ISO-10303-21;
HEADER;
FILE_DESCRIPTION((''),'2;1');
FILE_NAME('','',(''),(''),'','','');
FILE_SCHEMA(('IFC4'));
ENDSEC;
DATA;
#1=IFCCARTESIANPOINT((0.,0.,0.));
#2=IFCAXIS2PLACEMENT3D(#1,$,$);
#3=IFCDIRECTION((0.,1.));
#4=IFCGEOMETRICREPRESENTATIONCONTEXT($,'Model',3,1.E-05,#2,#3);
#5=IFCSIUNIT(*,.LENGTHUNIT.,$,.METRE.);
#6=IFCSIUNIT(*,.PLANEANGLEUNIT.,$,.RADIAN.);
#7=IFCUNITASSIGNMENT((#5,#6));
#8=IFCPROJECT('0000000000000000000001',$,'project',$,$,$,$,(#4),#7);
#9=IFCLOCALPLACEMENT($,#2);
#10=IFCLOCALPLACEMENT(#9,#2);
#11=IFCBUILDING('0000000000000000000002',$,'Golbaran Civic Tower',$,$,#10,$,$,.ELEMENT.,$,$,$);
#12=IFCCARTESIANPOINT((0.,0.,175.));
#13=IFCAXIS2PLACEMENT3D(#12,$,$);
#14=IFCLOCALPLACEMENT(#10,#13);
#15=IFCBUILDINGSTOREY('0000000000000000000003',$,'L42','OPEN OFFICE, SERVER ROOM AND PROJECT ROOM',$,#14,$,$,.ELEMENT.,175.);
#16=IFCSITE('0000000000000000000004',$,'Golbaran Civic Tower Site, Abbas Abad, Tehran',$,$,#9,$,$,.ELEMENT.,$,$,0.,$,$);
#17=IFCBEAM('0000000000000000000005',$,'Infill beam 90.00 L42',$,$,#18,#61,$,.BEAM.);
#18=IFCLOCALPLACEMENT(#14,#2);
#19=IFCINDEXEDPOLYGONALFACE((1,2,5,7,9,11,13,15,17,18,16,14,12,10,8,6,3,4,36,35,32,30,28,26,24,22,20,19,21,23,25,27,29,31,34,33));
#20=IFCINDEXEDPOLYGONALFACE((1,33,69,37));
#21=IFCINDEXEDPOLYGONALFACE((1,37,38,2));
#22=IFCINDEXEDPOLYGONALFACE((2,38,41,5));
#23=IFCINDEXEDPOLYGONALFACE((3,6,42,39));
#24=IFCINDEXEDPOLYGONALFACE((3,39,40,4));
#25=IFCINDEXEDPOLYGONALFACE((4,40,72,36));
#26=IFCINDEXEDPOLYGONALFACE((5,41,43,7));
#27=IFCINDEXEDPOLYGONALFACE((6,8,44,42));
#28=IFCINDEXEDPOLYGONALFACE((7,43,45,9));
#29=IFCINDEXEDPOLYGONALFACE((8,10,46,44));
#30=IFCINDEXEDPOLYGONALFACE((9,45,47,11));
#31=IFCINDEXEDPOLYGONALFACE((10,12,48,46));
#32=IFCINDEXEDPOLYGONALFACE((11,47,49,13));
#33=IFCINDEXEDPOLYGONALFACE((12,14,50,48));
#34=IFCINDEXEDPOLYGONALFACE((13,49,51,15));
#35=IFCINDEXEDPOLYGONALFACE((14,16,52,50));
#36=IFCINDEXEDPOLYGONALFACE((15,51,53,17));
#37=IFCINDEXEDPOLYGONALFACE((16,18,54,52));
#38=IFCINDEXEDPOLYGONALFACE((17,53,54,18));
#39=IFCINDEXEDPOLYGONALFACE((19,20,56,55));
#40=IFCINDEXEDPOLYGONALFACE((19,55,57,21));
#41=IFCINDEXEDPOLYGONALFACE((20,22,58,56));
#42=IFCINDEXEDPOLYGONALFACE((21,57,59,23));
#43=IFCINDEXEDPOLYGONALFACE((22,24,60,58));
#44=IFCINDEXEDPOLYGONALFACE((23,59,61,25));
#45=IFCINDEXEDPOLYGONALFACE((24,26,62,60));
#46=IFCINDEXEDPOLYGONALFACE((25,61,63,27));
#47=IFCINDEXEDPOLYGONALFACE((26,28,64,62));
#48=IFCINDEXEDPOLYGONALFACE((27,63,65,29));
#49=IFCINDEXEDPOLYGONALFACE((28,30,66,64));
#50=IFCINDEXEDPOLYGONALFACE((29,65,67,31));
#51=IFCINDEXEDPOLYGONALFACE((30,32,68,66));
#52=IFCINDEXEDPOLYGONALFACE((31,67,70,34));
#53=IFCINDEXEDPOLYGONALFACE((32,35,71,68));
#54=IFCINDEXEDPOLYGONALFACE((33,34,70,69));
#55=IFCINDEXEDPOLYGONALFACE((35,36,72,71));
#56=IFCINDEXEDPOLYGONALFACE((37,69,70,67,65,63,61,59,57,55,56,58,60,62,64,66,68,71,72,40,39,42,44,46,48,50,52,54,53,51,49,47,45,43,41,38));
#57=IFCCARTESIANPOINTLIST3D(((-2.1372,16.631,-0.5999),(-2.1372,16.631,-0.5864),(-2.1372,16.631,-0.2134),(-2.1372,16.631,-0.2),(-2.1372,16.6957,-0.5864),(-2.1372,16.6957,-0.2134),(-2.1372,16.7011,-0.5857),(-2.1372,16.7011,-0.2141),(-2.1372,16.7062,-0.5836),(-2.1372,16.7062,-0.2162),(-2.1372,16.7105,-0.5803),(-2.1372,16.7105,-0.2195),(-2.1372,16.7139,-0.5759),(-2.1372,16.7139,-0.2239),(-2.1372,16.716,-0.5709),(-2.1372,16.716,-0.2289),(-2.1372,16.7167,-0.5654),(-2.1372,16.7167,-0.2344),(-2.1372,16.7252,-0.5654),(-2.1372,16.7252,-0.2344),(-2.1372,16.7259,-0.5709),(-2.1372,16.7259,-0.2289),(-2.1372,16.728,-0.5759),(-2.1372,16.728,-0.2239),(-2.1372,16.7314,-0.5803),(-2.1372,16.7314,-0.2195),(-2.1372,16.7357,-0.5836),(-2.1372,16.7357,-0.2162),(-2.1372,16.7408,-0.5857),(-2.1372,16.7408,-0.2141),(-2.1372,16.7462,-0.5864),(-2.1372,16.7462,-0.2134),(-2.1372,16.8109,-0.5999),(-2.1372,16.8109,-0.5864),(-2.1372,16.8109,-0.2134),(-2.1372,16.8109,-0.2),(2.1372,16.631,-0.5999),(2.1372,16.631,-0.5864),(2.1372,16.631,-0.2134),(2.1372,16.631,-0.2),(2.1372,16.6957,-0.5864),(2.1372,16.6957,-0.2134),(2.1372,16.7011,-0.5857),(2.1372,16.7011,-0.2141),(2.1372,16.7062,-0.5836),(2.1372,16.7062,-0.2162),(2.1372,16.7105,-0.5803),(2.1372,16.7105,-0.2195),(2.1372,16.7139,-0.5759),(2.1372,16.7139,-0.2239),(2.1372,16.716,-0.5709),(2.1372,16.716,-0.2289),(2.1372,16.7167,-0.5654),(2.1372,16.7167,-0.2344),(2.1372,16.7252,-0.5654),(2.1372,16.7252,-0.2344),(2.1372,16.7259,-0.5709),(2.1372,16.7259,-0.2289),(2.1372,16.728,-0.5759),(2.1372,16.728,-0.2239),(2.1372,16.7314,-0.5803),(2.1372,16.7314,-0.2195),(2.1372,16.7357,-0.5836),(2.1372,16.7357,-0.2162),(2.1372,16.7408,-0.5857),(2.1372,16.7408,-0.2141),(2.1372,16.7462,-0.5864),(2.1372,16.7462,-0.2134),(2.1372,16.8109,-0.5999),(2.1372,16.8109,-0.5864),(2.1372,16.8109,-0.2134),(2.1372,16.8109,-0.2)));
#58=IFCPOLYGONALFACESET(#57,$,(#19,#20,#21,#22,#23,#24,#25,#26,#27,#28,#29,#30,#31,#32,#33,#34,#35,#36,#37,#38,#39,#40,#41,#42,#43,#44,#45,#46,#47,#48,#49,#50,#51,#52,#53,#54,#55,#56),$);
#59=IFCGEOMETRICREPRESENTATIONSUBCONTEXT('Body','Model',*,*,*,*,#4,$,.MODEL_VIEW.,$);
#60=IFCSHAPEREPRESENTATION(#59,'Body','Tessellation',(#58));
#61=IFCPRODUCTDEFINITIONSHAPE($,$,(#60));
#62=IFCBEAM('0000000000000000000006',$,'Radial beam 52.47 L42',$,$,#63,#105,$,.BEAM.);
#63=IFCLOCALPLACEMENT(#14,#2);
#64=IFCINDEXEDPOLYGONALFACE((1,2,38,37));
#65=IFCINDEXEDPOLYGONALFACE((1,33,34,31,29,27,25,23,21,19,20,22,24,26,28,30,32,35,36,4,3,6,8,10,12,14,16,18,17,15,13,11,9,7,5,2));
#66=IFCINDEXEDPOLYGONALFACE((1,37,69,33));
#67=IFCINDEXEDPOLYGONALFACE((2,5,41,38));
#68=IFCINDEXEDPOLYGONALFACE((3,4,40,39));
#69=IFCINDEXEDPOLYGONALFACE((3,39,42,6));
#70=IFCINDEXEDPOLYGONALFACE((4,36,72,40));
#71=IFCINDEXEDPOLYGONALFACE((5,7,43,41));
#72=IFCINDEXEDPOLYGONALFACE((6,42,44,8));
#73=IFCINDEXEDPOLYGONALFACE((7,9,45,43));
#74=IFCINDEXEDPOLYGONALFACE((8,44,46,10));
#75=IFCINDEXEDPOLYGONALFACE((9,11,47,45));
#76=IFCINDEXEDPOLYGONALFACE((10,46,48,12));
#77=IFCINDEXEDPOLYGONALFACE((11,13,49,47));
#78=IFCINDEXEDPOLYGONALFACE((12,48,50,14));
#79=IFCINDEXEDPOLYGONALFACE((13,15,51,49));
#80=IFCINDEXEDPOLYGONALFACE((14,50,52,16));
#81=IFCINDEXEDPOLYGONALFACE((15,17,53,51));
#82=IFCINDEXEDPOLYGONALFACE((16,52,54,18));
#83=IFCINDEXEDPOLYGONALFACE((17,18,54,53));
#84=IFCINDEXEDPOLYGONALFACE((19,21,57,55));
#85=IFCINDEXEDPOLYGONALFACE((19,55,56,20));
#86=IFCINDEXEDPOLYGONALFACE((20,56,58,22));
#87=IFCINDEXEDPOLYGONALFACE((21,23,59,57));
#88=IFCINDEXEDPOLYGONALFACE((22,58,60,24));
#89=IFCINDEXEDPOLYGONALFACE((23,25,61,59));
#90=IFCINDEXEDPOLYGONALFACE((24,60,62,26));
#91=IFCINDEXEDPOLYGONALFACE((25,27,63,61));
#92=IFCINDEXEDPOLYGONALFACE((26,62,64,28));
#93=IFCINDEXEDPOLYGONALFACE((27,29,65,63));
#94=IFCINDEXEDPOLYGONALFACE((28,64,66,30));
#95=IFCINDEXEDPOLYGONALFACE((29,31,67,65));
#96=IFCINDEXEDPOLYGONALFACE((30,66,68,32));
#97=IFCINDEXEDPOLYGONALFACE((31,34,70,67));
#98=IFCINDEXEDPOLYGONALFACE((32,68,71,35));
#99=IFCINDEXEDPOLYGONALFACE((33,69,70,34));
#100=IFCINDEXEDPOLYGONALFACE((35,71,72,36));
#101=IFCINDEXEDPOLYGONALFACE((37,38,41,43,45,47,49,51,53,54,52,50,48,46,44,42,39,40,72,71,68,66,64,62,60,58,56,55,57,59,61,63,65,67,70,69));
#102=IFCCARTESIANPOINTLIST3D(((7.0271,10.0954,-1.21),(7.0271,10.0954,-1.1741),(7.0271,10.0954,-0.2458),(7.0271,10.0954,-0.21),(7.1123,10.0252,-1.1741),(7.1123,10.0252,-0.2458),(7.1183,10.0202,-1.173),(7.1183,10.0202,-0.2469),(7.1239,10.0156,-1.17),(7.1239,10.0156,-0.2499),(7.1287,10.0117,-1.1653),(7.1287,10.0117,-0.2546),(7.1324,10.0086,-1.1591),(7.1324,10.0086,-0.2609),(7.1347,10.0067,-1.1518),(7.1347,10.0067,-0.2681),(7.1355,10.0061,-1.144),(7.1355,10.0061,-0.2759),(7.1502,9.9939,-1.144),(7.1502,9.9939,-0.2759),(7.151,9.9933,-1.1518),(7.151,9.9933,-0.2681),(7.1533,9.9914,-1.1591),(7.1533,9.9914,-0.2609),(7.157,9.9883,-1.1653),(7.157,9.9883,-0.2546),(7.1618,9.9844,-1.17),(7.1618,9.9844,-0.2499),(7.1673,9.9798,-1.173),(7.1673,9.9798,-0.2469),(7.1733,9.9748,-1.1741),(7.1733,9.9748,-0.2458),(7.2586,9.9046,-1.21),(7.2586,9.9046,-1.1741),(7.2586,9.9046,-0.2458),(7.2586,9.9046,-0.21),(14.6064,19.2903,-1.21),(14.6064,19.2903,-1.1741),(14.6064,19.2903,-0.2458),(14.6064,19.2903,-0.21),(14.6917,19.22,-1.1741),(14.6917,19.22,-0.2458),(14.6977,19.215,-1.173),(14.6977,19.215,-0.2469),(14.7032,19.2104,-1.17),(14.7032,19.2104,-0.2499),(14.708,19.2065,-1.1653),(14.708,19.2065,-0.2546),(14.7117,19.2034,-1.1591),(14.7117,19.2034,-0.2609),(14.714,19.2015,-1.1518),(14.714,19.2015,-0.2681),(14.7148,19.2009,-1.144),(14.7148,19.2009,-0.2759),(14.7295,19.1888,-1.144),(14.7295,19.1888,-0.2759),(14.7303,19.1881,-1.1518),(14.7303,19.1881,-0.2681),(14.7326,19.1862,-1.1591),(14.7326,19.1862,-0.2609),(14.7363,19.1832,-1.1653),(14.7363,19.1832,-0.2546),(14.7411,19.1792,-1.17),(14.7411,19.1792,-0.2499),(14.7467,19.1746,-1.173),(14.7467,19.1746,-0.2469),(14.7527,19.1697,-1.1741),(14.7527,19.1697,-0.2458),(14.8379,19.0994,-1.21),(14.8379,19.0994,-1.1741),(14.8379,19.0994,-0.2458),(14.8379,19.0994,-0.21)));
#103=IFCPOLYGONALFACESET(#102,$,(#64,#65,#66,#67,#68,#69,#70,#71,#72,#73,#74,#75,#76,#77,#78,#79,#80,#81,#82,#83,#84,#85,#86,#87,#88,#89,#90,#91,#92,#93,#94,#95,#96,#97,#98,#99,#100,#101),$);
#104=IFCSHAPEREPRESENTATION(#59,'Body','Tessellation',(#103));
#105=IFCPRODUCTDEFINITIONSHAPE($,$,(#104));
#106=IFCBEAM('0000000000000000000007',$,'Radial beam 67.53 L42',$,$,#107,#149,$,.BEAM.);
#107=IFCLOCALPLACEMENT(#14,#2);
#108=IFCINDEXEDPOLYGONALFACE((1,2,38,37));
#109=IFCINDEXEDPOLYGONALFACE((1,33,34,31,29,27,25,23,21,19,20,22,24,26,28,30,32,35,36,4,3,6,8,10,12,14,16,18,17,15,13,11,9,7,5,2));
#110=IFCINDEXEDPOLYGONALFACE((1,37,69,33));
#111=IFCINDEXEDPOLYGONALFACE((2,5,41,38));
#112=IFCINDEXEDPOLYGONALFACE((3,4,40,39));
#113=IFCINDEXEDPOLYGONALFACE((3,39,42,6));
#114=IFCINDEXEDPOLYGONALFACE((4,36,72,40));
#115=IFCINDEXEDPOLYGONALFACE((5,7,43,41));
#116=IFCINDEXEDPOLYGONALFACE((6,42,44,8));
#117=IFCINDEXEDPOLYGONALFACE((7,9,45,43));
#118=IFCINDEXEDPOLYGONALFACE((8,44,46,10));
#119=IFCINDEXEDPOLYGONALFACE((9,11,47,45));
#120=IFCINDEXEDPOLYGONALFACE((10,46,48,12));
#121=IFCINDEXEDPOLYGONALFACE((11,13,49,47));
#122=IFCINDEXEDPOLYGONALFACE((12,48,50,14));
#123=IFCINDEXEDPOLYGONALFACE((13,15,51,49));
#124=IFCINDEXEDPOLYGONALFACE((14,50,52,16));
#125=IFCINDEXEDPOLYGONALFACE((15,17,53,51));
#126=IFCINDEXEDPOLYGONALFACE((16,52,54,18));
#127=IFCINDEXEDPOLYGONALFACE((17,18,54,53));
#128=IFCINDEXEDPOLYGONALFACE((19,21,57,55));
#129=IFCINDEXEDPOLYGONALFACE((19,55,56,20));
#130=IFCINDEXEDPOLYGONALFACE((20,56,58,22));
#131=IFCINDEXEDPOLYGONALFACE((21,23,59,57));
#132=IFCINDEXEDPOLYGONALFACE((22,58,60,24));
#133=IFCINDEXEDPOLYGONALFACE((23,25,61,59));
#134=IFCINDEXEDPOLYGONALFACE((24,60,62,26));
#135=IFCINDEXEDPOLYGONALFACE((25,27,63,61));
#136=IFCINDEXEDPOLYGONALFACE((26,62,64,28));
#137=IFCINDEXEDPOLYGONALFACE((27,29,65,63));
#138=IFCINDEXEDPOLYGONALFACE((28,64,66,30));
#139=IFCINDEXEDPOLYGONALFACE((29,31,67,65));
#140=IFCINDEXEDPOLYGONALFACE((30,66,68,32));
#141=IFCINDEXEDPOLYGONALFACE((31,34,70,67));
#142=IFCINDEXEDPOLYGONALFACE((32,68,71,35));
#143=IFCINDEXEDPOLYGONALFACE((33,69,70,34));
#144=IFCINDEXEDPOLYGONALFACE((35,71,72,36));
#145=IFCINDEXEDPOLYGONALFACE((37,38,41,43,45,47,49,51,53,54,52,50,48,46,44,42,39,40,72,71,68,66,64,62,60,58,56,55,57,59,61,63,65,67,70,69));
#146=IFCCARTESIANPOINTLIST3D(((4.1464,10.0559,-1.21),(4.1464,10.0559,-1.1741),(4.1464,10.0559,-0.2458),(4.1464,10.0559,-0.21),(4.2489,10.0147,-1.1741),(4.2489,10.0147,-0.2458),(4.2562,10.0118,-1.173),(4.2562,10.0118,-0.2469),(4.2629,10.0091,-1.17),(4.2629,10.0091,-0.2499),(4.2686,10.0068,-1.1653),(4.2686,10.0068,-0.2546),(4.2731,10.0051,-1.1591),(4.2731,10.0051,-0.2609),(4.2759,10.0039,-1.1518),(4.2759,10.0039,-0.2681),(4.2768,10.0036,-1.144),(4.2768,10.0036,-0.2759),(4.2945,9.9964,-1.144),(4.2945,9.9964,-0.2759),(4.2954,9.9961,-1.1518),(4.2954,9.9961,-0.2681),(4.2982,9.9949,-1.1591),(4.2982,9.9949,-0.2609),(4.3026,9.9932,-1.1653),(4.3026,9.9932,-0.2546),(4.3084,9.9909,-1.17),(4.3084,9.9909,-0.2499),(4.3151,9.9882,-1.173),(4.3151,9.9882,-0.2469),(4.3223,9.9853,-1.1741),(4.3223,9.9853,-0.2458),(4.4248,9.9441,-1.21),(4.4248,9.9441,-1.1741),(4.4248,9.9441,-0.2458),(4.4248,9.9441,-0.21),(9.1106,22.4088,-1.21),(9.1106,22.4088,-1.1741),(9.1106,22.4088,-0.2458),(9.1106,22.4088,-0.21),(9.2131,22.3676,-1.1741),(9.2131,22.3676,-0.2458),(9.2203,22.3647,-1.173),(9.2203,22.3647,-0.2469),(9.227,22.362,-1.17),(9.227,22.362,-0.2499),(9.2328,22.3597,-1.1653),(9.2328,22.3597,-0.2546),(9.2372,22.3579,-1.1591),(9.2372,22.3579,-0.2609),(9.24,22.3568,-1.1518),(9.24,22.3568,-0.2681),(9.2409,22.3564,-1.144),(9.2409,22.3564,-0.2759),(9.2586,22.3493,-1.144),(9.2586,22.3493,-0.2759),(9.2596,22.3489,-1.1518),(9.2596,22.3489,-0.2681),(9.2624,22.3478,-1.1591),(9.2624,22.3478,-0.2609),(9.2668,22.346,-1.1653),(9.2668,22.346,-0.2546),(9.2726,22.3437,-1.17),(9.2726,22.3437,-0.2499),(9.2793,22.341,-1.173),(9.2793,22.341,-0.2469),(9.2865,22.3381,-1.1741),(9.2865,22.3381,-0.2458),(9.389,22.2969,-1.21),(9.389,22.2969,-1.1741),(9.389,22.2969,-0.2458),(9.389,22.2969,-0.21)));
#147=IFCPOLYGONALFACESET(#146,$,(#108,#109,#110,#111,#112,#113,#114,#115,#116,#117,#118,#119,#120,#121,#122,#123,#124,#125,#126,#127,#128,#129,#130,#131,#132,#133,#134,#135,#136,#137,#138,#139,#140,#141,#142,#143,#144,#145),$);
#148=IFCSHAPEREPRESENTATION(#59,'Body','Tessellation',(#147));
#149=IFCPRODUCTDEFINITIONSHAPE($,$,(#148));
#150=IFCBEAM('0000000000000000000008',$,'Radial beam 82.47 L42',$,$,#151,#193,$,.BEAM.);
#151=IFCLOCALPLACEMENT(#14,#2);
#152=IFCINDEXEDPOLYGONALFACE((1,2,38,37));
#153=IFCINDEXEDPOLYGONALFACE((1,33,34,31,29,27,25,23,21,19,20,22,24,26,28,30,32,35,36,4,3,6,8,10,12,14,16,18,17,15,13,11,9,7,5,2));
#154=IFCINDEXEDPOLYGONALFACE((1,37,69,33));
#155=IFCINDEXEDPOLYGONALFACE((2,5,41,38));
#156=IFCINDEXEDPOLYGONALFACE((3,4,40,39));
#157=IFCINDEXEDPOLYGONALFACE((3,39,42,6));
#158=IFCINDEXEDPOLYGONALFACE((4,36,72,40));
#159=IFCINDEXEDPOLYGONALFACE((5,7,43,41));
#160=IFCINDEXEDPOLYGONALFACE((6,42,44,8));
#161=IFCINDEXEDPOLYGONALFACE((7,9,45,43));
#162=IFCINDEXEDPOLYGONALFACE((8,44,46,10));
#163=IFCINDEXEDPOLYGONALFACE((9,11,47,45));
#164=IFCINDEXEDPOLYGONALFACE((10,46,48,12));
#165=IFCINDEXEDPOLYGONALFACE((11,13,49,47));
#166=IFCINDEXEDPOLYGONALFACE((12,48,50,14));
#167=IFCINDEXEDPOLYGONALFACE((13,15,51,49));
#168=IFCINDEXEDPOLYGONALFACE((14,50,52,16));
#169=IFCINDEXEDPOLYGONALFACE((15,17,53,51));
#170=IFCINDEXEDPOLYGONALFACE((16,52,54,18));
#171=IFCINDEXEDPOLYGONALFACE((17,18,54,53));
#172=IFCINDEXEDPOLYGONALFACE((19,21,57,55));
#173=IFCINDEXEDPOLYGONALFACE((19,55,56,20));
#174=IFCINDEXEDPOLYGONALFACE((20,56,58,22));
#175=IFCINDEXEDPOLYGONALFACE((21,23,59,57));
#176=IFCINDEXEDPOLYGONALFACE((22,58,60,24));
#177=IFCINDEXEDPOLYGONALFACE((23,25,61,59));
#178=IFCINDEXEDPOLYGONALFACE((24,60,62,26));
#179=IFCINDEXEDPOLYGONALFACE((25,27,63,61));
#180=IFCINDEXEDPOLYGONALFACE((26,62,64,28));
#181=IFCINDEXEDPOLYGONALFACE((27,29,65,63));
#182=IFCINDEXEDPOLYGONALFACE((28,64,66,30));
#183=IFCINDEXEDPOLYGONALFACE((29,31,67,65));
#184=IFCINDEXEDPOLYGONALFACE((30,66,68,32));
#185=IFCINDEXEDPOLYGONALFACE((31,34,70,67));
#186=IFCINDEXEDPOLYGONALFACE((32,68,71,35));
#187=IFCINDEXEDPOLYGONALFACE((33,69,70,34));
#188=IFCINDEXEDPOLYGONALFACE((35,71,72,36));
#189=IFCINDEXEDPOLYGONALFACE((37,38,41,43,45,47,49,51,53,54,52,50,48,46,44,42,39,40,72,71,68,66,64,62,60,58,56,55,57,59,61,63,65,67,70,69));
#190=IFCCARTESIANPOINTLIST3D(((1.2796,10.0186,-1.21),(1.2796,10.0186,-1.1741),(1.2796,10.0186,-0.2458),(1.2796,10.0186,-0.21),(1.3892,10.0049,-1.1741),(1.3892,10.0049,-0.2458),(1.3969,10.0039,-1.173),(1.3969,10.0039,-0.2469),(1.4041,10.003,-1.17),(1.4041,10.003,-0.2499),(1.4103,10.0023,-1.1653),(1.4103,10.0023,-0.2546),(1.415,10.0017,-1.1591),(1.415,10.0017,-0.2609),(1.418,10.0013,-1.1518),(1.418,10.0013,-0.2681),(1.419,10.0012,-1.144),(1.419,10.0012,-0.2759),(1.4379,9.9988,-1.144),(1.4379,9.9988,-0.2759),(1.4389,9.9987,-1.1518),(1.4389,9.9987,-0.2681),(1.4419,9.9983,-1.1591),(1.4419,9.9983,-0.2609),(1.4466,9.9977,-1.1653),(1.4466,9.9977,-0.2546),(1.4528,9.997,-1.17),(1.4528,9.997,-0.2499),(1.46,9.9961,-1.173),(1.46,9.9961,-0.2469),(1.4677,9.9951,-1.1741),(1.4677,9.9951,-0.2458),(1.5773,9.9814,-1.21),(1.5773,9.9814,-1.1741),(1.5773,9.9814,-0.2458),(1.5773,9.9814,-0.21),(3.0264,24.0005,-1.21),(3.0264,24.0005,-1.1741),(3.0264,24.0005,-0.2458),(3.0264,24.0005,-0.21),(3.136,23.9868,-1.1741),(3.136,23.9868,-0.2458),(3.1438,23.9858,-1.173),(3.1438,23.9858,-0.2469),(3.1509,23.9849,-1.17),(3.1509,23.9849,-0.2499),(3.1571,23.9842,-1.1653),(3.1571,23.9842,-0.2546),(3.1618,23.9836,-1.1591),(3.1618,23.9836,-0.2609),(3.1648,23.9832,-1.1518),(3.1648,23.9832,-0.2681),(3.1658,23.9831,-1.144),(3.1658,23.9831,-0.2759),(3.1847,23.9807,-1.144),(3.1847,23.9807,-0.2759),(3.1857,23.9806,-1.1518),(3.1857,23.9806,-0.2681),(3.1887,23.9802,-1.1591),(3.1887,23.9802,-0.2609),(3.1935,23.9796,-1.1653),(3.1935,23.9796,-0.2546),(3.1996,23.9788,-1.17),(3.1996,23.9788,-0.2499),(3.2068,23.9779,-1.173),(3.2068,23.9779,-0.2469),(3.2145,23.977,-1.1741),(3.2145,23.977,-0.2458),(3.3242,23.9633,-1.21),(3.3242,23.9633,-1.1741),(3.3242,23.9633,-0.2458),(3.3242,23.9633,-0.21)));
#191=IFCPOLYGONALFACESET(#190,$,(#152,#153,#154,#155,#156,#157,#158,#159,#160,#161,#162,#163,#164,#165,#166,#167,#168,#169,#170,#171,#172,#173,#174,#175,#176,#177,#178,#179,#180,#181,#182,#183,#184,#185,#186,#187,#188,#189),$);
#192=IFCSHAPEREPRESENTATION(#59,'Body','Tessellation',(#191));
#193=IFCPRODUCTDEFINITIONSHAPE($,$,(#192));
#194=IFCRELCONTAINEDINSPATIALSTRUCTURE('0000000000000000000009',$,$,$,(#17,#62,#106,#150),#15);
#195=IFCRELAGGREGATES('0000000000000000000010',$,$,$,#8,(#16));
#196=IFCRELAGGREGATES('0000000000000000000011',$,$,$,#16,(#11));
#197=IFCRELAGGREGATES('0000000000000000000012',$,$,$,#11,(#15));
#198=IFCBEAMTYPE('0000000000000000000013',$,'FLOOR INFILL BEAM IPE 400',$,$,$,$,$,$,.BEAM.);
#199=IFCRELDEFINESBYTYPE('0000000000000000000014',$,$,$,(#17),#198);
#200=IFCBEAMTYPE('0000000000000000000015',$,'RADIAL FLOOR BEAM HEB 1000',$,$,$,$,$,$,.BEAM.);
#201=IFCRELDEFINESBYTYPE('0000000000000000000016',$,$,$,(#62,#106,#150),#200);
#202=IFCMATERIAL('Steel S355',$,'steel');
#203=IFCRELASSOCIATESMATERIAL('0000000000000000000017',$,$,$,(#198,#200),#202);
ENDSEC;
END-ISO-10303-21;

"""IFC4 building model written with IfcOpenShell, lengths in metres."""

from ifc_helpers import new_model, si_unit, direction, frame, origin, origin_2d, place, context, subcontext, project, spatial, i_section, extrude, material, material_profile, profile_set, type_object, element, save


model = new_model("IFC4")

# Units and contexts
model_context = context("Model", 3, precision=1e-05, world=origin(), true_north=direction((0.0, 1.0)))
body_context = subcontext(model_context, "Body", "Model", "MODEL_VIEW")
ifc_project = project(units=[si_unit("LENGTHUNIT", "METRE"), si_unit("PLANEANGLEUNIT", "RADIAN")], contexts=[model_context])

# Site, building, storey
site_placement = place(None, origin())
site = spatial("IfcSite", under=ifc_project, at=site_placement, Name="Golbaran Civic Tower Site, Abbas Abad, Tehran", CompositionType="ELEMENT", RefElevation=0.0)
building_placement = place(site_placement, origin())
building = spatial("IfcBuilding", under=site, at=building_placement, Name="Golbaran Civic Tower", CompositionType="ELEMENT")
storey_placement = place(building_placement, frame((0.0, 0.0, 175.0)))
storey = spatial("IfcBuildingStorey", under=building, at=storey_placement, Name="L42", Description="OPEN OFFICE, SERVER ROOM AND PROJECT ROOM", CompositionType="ELEMENT", Elevation=175.0)

# Beams
ifc_material_1 = material(Name="Steel S355", Category="steel")
ifc_material_profile_1 = material_profile(ifc_material_1, i_section(OverallWidth=0.1799, OverallDepth=0.3999, WebThickness=0.0085, FlangeThickness=0.0134, FilletRadius=0.021, at=origin_2d()), Name="IPE 400")
ifc_profile_set_1 = profile_set([ifc_material_profile_1], Name="Steel S355")
beam_type_1 = type_object("IfcBeamType", Name="FLOOR INFILL BEAM IPE 400", PredefinedType="BEAM", material=ifc_profile_set_1)
beam_1_placement = place(storey_placement, frame((2.1372, 16.7209, -0.3999), z_axis=(-1.0, 0.0, 0.0), x_axis=(0.0, -1.0, 0.0)))
element("IfcBeam", 1, at=beam_1_placement, inside=storey, type_object=beam_type_1, Name="Infill beam 90.00 L42", PredefinedType="BEAM", context=body_context, shape_type="SweptSolid", body=[
    extrude(i_section(OverallWidth=0.1799, OverallDepth=0.3999, WebThickness=0.0085, FlangeThickness=0.0134, FilletRadius=0.021, at=origin_2d()), origin(), (0.0, 0.0, 1.0), 4.2744),
])
ifc_material_profile_2 = material_profile(ifc_material_1, i_section(OverallWidth=0.3, OverallDepth=1.0, WebThickness=0.019, FlangeThickness=0.0359, FilletRadius=0.03, at=origin_2d()), Name="HEB 1000")
ifc_profile_set_2 = profile_set([ifc_material_profile_2], Name="Steel S355")
beam_type_2 = type_object("IfcBeamType", Name="RADIAL FLOOR BEAM HEB 1000", PredefinedType="BEAM", material=ifc_profile_set_2)
beam_2_placement = place(storey_placement, frame((7.1428, 10.0, -0.71), z_axis=(0.636064, 0.771636, 0.0), x_axis=(-0.771636, 0.636064, 0.0)))
element("IfcBeam", 2, at=beam_2_placement, inside=storey, type_object=beam_type_2, Name="Radial beam 52.47 L42", PredefinedType="BEAM", context=body_context, shape_type="SweptSolid", body=[
    extrude(i_section(OverallWidth=0.3, OverallDepth=1.0, WebThickness=0.019, FlangeThickness=0.0359, FilletRadius=0.03, at=origin_2d()), origin(), (0.0, 0.0, 1.0), 11.916),
])
beam_3_placement = place(storey_placement, frame((4.2856, 10.0, -0.71), z_axis=(0.372879, 0.92788, 0.0), x_axis=(-0.92788, 0.372879, 0.0)))
element("IfcBeam", 3, at=beam_3_placement, inside=storey, type_object=beam_type_2, Name="Radial beam 67.53 L42", PredefinedType="BEAM", context=body_context, shape_type="SweptSolid", body=[
    extrude(i_section(OverallWidth=0.3, OverallDepth=1.0, WebThickness=0.019, FlangeThickness=0.0359, FilletRadius=0.03, at=origin_2d()), origin(), (0.0, 0.0, 1.0), 13.313),
])
beam_4_placement = place(storey_placement, frame((1.4285, 10.0, -0.71), z_axis=(0.123971, 0.992286, 0.0), x_axis=(-0.992286, 0.123971, 0.0)))
element("IfcBeam", 4, at=beam_4_placement, inside=storey, type_object=beam_type_2, Name="Radial beam 82.47 L42", PredefinedType="BEAM", context=body_context, shape_type="SweptSolid", body=[
    extrude(i_section(OverallWidth=0.3, OverallDepth=1.0, WebThickness=0.019, FlangeThickness=0.0359, FilletRadius=0.03, at=origin_2d()), origin(), (0.0, 0.0, 1.0), 14.0906),
])

save(model, "model.ifc")
